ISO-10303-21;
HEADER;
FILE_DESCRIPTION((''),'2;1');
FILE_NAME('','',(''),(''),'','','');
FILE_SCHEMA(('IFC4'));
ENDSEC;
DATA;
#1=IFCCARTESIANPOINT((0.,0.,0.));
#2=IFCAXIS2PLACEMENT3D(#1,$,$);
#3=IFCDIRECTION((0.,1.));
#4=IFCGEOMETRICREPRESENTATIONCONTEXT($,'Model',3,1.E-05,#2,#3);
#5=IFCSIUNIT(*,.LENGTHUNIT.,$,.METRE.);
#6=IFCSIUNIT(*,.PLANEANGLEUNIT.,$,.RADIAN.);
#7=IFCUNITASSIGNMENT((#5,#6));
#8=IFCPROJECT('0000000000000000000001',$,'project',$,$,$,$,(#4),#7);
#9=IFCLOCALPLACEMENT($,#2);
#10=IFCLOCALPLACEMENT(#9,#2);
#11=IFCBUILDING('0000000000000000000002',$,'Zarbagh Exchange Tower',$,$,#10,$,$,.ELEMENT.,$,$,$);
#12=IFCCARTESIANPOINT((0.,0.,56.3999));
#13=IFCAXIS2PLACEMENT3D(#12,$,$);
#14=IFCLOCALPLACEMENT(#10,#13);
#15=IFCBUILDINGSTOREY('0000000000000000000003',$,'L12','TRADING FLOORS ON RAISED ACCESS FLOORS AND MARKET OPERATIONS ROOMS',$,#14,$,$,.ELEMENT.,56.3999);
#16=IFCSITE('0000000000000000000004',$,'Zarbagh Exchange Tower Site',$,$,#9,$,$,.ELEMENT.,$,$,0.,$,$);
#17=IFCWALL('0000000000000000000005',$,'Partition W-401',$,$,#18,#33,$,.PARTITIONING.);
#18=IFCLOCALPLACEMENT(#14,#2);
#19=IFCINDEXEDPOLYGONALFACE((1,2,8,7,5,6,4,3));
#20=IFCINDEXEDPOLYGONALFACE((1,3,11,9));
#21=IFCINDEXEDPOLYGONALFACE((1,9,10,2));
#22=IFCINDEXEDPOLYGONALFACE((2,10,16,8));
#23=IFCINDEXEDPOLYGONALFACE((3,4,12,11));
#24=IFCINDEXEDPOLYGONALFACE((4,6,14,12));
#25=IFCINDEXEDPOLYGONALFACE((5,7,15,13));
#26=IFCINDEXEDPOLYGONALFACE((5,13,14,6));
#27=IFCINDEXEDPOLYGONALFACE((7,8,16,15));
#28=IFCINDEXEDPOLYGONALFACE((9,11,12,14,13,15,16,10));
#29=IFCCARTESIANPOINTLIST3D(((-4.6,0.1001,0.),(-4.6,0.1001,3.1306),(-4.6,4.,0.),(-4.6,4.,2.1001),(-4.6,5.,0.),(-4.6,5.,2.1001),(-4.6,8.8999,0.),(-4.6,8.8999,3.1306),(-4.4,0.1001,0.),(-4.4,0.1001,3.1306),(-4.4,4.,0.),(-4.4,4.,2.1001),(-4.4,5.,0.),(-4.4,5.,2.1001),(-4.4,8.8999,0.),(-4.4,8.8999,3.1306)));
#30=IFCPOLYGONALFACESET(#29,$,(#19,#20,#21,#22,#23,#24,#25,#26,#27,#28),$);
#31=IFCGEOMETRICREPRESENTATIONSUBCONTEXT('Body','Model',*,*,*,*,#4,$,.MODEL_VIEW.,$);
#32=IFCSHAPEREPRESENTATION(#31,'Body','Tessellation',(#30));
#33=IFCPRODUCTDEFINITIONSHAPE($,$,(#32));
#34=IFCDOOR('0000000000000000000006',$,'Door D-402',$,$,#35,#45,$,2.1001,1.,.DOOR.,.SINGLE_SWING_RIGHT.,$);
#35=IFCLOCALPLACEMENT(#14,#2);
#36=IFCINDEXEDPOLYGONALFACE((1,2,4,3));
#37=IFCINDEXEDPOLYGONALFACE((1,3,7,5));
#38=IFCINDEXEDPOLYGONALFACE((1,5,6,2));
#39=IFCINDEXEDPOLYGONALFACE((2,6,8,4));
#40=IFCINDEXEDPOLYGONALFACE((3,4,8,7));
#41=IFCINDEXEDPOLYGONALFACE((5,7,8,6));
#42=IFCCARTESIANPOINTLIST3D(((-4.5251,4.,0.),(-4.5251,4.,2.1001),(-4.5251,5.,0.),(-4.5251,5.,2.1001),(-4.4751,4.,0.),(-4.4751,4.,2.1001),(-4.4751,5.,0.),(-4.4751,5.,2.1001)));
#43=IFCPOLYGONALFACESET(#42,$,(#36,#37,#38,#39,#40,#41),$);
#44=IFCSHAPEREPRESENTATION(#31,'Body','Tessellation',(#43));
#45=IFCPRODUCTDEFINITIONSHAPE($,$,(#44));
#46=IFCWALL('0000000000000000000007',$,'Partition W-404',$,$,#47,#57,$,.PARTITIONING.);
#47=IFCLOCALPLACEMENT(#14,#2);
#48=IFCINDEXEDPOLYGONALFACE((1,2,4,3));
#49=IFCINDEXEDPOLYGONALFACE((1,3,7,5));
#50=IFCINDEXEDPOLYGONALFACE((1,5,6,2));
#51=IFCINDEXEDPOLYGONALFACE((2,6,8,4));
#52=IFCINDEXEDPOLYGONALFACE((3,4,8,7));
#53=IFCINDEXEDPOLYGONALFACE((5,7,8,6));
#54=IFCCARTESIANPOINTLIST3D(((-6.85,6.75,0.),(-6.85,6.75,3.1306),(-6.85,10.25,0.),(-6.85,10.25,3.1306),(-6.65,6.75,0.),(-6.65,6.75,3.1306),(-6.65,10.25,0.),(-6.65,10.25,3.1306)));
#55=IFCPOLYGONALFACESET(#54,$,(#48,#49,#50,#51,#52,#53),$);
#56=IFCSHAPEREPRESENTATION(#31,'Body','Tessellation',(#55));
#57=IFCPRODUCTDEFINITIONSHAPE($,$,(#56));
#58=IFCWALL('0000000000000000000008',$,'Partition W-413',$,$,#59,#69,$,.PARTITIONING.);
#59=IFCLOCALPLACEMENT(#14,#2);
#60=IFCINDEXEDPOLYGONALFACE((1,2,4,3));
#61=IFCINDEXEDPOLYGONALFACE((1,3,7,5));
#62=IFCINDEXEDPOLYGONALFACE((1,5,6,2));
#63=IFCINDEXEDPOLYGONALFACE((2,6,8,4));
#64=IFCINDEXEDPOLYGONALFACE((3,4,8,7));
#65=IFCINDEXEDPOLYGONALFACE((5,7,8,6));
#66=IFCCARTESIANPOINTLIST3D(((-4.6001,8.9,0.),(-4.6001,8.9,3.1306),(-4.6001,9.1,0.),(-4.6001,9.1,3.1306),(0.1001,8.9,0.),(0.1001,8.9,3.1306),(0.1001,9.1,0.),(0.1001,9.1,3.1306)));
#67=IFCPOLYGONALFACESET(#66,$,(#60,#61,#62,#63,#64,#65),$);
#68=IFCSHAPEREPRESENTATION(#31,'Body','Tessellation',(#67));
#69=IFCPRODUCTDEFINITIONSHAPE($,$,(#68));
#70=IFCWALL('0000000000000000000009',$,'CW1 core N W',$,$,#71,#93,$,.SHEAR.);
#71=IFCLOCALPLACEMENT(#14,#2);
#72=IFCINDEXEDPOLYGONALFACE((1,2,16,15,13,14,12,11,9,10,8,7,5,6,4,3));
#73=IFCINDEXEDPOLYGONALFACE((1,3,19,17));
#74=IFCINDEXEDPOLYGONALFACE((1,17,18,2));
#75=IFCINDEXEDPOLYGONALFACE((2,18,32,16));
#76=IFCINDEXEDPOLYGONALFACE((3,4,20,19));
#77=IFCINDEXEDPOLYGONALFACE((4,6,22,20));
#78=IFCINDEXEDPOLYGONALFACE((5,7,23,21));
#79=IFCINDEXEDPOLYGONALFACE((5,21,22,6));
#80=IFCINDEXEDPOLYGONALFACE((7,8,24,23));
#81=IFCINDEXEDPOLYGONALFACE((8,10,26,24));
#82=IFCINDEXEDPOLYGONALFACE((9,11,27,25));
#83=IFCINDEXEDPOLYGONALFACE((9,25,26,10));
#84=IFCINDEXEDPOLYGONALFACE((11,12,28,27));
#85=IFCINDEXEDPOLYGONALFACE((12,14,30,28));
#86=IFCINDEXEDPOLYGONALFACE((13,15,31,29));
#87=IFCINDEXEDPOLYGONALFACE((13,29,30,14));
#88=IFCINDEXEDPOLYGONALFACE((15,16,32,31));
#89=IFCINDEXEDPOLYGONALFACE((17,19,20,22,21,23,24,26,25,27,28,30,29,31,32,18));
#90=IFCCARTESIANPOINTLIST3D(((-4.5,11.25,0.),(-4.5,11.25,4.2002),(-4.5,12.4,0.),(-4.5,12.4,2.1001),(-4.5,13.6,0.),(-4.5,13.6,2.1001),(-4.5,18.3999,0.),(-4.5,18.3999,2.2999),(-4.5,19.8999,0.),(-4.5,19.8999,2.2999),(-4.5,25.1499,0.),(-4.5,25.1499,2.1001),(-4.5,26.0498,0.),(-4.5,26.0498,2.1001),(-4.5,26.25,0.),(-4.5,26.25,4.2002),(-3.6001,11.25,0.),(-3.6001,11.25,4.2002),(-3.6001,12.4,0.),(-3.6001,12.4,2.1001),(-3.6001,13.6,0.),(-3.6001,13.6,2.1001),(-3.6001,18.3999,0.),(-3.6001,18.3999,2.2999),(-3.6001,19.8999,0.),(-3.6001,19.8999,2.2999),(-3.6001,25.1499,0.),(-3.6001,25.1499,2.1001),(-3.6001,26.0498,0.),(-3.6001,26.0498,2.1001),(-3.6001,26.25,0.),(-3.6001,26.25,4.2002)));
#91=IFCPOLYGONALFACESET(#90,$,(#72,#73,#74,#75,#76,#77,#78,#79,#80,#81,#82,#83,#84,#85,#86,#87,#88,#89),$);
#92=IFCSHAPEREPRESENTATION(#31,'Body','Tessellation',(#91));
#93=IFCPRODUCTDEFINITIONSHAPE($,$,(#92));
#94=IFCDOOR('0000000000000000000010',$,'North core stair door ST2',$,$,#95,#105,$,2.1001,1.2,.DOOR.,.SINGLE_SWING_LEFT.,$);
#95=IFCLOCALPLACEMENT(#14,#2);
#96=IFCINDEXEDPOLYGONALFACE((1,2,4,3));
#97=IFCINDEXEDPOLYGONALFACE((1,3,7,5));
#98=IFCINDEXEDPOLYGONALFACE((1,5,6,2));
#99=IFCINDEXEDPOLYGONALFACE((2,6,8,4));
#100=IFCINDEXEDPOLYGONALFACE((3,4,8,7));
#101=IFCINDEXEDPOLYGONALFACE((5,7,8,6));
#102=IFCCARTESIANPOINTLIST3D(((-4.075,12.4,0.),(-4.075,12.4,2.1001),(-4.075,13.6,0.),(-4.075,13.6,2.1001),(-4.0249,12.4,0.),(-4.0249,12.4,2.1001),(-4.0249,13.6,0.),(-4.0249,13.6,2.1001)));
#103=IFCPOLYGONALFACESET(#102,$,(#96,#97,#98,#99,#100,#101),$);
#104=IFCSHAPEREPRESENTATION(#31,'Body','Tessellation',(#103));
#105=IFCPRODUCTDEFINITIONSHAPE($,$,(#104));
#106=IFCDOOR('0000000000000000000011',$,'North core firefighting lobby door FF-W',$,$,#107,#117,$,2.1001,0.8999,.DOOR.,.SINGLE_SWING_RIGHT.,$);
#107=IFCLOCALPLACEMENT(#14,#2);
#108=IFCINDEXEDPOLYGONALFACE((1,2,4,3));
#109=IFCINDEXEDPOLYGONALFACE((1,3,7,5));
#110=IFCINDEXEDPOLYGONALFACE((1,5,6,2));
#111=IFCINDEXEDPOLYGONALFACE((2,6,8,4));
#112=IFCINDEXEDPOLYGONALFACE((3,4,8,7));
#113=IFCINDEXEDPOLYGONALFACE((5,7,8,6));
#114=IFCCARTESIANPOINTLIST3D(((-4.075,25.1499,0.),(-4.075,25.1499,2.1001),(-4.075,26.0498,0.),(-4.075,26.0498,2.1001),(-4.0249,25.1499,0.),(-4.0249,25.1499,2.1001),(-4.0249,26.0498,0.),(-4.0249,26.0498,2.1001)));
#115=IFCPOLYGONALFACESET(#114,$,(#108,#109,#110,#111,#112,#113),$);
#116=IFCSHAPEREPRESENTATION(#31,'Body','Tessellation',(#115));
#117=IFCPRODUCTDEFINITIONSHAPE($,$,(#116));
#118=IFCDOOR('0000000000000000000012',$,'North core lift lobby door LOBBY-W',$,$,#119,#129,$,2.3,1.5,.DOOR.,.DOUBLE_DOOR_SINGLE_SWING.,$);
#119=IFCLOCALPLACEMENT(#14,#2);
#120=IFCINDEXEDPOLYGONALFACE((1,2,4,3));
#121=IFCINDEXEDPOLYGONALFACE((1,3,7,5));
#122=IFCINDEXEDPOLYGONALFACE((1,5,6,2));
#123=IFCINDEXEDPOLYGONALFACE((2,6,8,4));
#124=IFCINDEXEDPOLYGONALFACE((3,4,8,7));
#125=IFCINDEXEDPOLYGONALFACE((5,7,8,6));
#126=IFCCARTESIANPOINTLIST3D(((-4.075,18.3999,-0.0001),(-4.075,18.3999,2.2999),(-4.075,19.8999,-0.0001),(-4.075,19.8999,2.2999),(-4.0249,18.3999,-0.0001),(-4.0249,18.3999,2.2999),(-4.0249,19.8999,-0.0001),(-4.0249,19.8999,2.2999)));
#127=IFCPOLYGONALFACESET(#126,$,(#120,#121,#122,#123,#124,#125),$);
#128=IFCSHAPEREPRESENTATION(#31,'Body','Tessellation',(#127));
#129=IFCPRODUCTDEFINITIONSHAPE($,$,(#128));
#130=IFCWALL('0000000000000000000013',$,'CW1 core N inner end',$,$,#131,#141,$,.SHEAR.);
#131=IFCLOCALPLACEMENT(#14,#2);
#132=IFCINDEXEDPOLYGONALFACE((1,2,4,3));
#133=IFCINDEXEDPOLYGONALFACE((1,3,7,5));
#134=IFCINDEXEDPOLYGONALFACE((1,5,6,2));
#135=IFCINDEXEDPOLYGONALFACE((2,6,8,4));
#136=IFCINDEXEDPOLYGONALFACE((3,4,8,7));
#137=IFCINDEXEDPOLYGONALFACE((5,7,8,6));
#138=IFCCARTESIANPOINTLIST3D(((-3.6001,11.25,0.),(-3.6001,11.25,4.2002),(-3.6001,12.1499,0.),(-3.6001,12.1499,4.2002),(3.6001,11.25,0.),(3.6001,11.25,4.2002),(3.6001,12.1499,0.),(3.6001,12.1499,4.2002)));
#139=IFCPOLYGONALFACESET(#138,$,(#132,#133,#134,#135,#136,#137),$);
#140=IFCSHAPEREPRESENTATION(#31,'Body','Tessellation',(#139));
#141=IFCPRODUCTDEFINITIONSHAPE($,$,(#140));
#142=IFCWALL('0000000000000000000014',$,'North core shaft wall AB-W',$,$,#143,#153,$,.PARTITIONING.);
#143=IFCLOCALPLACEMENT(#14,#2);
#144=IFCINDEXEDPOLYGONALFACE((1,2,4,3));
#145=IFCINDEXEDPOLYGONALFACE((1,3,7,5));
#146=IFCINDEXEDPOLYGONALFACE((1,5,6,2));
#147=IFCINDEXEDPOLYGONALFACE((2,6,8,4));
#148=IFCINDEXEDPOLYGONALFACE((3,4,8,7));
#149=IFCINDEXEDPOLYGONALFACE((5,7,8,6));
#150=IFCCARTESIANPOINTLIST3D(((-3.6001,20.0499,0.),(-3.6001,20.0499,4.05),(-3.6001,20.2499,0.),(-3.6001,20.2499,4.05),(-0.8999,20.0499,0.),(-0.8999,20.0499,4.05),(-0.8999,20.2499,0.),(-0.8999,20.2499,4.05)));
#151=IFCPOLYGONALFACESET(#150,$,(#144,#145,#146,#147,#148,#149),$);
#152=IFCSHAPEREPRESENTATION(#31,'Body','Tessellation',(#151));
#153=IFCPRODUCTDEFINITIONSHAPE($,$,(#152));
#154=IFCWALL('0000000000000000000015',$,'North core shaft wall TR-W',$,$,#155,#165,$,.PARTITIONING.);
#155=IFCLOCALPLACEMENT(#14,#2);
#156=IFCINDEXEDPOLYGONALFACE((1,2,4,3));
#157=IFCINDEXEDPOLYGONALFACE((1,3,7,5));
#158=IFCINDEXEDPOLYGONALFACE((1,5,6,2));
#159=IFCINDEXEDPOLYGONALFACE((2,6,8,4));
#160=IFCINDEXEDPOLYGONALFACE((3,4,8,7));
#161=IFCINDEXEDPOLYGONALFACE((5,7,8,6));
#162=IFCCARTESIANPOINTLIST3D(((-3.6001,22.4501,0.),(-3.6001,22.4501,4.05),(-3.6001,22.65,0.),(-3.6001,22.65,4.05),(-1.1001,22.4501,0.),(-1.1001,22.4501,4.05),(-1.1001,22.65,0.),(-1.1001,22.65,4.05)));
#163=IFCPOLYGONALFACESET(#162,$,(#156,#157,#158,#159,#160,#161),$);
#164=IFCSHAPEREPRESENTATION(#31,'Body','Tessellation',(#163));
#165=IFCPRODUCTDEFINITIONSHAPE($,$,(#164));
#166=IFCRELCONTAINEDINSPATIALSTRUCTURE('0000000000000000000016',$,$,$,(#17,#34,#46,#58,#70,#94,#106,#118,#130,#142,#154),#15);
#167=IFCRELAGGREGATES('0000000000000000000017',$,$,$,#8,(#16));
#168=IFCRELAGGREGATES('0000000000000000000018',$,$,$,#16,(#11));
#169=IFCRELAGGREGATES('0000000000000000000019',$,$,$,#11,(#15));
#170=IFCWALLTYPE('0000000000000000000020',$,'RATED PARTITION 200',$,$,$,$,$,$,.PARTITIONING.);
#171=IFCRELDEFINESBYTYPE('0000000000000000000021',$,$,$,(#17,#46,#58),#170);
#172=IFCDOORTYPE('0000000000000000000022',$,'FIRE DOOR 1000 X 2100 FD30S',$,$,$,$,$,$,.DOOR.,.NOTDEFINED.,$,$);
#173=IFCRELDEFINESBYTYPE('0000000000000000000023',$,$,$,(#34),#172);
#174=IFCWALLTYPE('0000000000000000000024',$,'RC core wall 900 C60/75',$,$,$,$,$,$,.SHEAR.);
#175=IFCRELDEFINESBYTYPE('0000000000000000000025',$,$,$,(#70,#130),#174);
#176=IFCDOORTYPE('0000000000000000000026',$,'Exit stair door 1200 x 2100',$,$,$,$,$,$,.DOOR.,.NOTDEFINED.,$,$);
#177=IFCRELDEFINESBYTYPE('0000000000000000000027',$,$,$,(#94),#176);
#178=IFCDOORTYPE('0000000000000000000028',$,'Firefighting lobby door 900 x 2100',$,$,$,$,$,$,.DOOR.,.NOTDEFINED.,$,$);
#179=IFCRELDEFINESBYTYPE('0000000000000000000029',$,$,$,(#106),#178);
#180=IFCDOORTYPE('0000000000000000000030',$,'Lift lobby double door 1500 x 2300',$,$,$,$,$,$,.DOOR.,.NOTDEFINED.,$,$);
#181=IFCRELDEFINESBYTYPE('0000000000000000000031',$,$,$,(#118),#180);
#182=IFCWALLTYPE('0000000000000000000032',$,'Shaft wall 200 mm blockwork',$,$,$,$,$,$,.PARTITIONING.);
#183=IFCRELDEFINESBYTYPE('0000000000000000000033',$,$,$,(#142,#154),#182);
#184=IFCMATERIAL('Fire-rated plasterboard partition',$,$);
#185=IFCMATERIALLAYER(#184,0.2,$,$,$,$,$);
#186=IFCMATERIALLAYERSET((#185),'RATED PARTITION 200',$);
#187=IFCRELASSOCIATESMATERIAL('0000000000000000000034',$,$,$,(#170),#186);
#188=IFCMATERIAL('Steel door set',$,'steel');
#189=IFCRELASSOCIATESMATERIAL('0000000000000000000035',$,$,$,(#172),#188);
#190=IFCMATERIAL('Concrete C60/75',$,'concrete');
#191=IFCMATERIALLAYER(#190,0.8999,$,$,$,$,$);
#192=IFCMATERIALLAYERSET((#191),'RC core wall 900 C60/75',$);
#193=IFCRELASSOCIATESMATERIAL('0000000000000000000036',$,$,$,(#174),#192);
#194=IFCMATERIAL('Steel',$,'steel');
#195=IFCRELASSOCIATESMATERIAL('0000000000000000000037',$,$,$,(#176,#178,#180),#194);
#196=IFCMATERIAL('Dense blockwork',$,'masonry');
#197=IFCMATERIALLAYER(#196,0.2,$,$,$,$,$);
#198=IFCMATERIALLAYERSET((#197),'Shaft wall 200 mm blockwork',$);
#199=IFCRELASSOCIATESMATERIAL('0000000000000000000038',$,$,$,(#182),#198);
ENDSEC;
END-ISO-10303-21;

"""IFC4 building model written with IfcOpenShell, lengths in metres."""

from ifc_helpers import new_model, si_unit, direction, frame, frame_2d, origin, place, context, subcontext, project, spatial, rectangle, extrude, material, layer, layer_set, type_object, element, fill, save


model = new_model("IFC4")

# Units and contexts
model_context = context("Model", 3, precision=1e-05, world=origin(), true_north=direction((0.0, 1.0)))
body_context = subcontext(model_context, "Body", "Model", "MODEL_VIEW")
ifc_project = project(units=[si_unit("LENGTHUNIT", "METRE"), si_unit("PLANEANGLEUNIT", "RADIAN")], contexts=[model_context])

# Site, building, storey
site_placement = place(None, origin())
site = spatial("IfcSite", under=ifc_project, at=site_placement, Name="Zarbagh Exchange Tower Site", CompositionType="ELEMENT", RefElevation=0.0)
building_placement = place(site_placement, origin())
building = spatial("IfcBuilding", under=site, at=building_placement, Name="Zarbagh Exchange Tower", CompositionType="ELEMENT")
storey_placement = place(building_placement, frame((0.0, 0.0, 56.3999)))
storey = spatial("IfcBuildingStorey", under=building, at=storey_placement, Name="L12", Description="TRADING FLOORS ON RAISED ACCESS FLOORS AND MARKET OPERATIONS ROOMS", CompositionType="ELEMENT", Elevation=56.3999)

# Shared definitions
ifc_material_1 = material(Name="Concrete C60/75", Category="concrete")

# Wall, opening, door
ifc_material_2 = material(Name="Fire-rated plasterboard partition")
ifc_layer_1 = layer(ifc_material_2, 0.2)
ifc_layer_set_1 = layer_set([ifc_layer_1], Name="RATED PARTITION 200")
wall_type_1 = type_object("IfcWallType", Name="RATED PARTITION 200", PredefinedType="PARTITIONING", material=ifc_layer_set_1)
wall_1_placement = place(storey_placement, frame((-4.5, 8.8999, 0.0), z_axis=(0.0, 0.0, 1.0), x_axis=(0.0, -1.0, 0.0)))
wall_1 = element("IfcWall", 1, at=wall_1_placement, inside=storey, type_object=wall_type_1, Name="Partition W-401", PredefinedType="PARTITIONING", context=body_context, shape_type="SweptSolid", body=[
    extrude(rectangle(XDim=8.7998, YDim=0.2, at=frame_2d((4.3999, 0.0))), origin(), (0.0, 0.0, 1.0), 3.1306),
])
opening_1_placement = place(wall_1_placement, frame((3.8999, 0.0, 0.0)))
opening_1 = element("IfcOpeningElement", 2, at=opening_1_placement, cuts=wall_1, PredefinedType="OPENING", context=body_context, shape_type="SweptSolid", body=[
    extrude(rectangle(XDim=1.0, YDim=2.1001, at=frame_2d((0.5, 1.05))), frame((0.0, 0.1099, 0.0), z_axis=(0.0, -1.0, 0.0), x_axis=(1.0, 0.0, 0.0)), (0.0, 0.0, 1.0), 0.22),
])
ifc_material_3 = material(Name="Steel door set", Category="steel")
door_type_1 = type_object("IfcDoorType", Name="FIRE DOOR 1000 X 2100 FD30S", OperationType="NOTDEFINED", PredefinedType="DOOR", material=ifc_material_3)
door_1_placement = place(opening_1_placement, origin())
door_1 = element("IfcDoor", 3, at=door_1_placement, inside=storey, type_object=door_type_1, Name="Door D-402", OperationType="SINGLE_SWING_RIGHT", OverallHeight=2.1001, OverallWidth=1.0, PredefinedType="DOOR", context=body_context, shape_type="SweptSolid", body=[
    extrude(rectangle(XDim=1.0, YDim=2.1001, at=frame_2d((0.5, 1.05))), frame((0.0, 0.0249, 0.0), z_axis=(0.0, -1.0, 0.0), x_axis=(1.0, 0.0, 0.0)), (0.0, 0.0, 1.0), 0.05),
])
fill(opening_1, door_1)

# Walls
wall_2_placement = place(storey_placement, frame((-6.75, 6.75, 0.0), z_axis=(0.0, 0.0, 1.0), x_axis=(0.0, 1.0, 0.0)))
element("IfcWall", 4, at=wall_2_placement, inside=storey, type_object=wall_type_1, Name="Partition W-404", PredefinedType="PARTITIONING", context=body_context, shape_type="SweptSolid", body=[
    extrude(rectangle(XDim=3.5, YDim=0.2, at=frame_2d((1.75, 0.0))), origin(), (0.0, 0.0, 1.0), 3.1306),
])
wall_3_placement = place(storey_placement, frame((-4.6001, 9.0, 0.0), z_axis=(0.0, 0.0, 1.0), x_axis=(1.0, 0.0, 0.0)))
element("IfcWall", 5, at=wall_3_placement, inside=storey, type_object=wall_type_1, Name="Partition W-413", PredefinedType="PARTITIONING", context=body_context, shape_type="SweptSolid", body=[
    extrude(rectangle(XDim=4.7002, YDim=0.2, at=frame_2d((2.3501, 0.0))), origin(), (0.0, 0.0, 1.0), 3.1306),
])

# Wall, openings, doors
ifc_layer_2 = layer(ifc_material_1, 0.8999)
ifc_layer_set_2 = layer_set([ifc_layer_2], Name="RC core wall 900 C60/75")
wall_type_2 = type_object("IfcWallType", Name="RC core wall 900 C60/75", PredefinedType="SHEAR", material=ifc_layer_set_2)
wall_4_placement = place(storey_placement, frame((-4.05, 11.25, 0.0), z_axis=(0.0, 0.0, 1.0), x_axis=(0.0, 1.0, 0.0)))
wall_4 = element("IfcWall", 6, at=wall_4_placement, inside=storey, type_object=wall_type_2, Name="CW1 core N W", PredefinedType="SHEAR", context=body_context, shape_type="SweptSolid", body=[
    extrude(rectangle(XDim=15.0, YDim=0.8999, at=frame_2d((7.5, 0.0))), origin(), (0.0, 0.0, 1.0), 4.2002),
])
opening_2_placement = place(wall_4_placement, frame((7.1499, 0.0, 0.0)))
opening_2 = element("IfcOpeningElement", 7, at=opening_2_placement, cuts=wall_4, PredefinedType="OPENING", context=body_context, shape_type="SweptSolid", body=[
    extrude(rectangle(XDim=1.5, YDim=2.3, at=frame_2d((0.75, 1.1499))), frame((0.0, 0.46, 0.0), z_axis=(0.0, -1.0, 0.0), x_axis=(1.0, 0.0, 0.0)), (0.0, 0.0, 1.0), 0.9199),
])
opening_3_placement = place(wall_4_placement, frame((13.8999, 0.0, 0.0)))
opening_3 = element("IfcOpeningElement", 8, at=opening_3_placement, cuts=wall_4, PredefinedType="OPENING", context=body_context, shape_type="SweptSolid", body=[
    extrude(rectangle(XDim=0.8999, YDim=2.1001, at=frame_2d((0.45, 1.05))), frame((0.0, 0.46, 0.0), z_axis=(0.0, -1.0, 0.0), x_axis=(1.0, 0.0, 0.0)), (0.0, 0.0, 1.0), 0.9199),
])
opening_4_placement = place(wall_4_placement, frame((1.1499, 0.0, 0.0)))
opening_4 = element("IfcOpeningElement", 9, at=opening_4_placement, cuts=wall_4, PredefinedType="OPENING", context=body_context, shape_type="SweptSolid", body=[
    extrude(rectangle(XDim=1.2, YDim=2.1001, at=frame_2d((0.6001, 1.05))), frame((0.0, 0.46, 0.0), z_axis=(0.0, -1.0, 0.0), x_axis=(1.0, 0.0, 0.0)), (0.0, 0.0, 1.0), 0.9199),
])
ifc_material_4 = material(Name="Steel", Category="steel")
door_type_2 = type_object("IfcDoorType", Name="Exit stair door 1200 x 2100", OperationType="NOTDEFINED", PredefinedType="DOOR", material=ifc_material_4)
door_2_placement = place(opening_4_placement, origin())
door_2 = element("IfcDoor", 10, at=door_2_placement, inside=storey, type_object=door_type_2, Name="North core stair door ST2", OperationType="SINGLE_SWING_LEFT", OverallHeight=2.1001, OverallWidth=1.2, PredefinedType="DOOR", context=body_context, shape_type="SweptSolid", body=[
    extrude(rectangle(XDim=1.2, YDim=2.1001, at=frame_2d((0.6001, 1.05))), frame((0.0, 0.0249, 0.0), z_axis=(0.0, -1.0, 0.0), x_axis=(1.0, 0.0, 0.0)), (0.0, 0.0, 1.0), 0.05),
])
fill(opening_4, door_2)
door_type_3 = type_object("IfcDoorType", Name="Firefighting lobby door 900 x 2100", OperationType="NOTDEFINED", PredefinedType="DOOR", material=ifc_material_4)
door_3_placement = place(opening_3_placement, origin())
door_3 = element("IfcDoor", 11, at=door_3_placement, inside=storey, type_object=door_type_3, Name="North core firefighting lobby door FF-W", OperationType="SINGLE_SWING_RIGHT", OverallHeight=2.1001, OverallWidth=0.8999, PredefinedType="DOOR", context=body_context, shape_type="SweptSolid", body=[
    extrude(rectangle(XDim=0.8999, YDim=2.1001, at=frame_2d((0.45, 1.05))), frame((0.0, 0.0249, 0.0), z_axis=(0.0, -1.0, 0.0), x_axis=(1.0, 0.0, 0.0)), (0.0, 0.0, 1.0), 0.05),
])
fill(opening_3, door_3)
door_type_4 = type_object("IfcDoorType", Name="Lift lobby double door 1500 x 2300", OperationType="NOTDEFINED", PredefinedType="DOOR", material=ifc_material_4)
door_4_placement = place(opening_2_placement, origin())
door_4 = element("IfcDoor", 12, at=door_4_placement, inside=storey, type_object=door_type_4, Name="North core lift lobby door LOBBY-W", OperationType="DOUBLE_DOOR_SINGLE_SWING", OverallHeight=2.3, OverallWidth=1.5, PredefinedType="DOOR", context=body_context, shape_type="SweptSolid", body=[
    extrude(rectangle(XDim=1.5, YDim=2.3, at=frame_2d((0.75, 1.1499))), frame((0.0, 0.0249, 0.0), z_axis=(0.0, -1.0, 0.0), x_axis=(1.0, 0.0, 0.0)), (0.0, 0.0, 1.0), 0.05),
])
fill(opening_2, door_4)

# Walls
wall_5_placement = place(storey_placement, frame((-3.6001, 11.7, 0.0), z_axis=(0.0, 0.0, 1.0), x_axis=(1.0, 0.0, 0.0)))
element("IfcWall", 13, at=wall_5_placement, inside=storey, type_object=wall_type_2, Name="CW1 core N inner end", PredefinedType="SHEAR", context=body_context, shape_type="SweptSolid", body=[
    extrude(rectangle(XDim=7.2002, YDim=0.8999, at=frame_2d((3.6001, 0.0))), origin(), (0.0, 0.0, 1.0), 4.2002),
])
ifc_material_5 = material(Name="Dense blockwork", Category="masonry")
ifc_layer_3 = layer(ifc_material_5, 0.2)
ifc_layer_set_3 = layer_set([ifc_layer_3], Name="Shaft wall 200 mm blockwork")
wall_type_3 = type_object("IfcWallType", Name="Shaft wall 200 mm blockwork", PredefinedType="PARTITIONING", material=ifc_layer_set_3)
wall_6_placement = place(storey_placement, frame((-3.6001, 20.1499, 0.0), z_axis=(0.0, 0.0, 1.0), x_axis=(1.0, 0.0, 0.0)))
element("IfcWall", 14, at=wall_6_placement, inside=storey, type_object=wall_type_3, Name="North core shaft wall AB-W", PredefinedType="PARTITIONING", context=body_context, shape_type="SweptSolid", body=[
    extrude(rectangle(XDim=2.7002, YDim=0.2, at=frame_2d((1.3501, 0.0))), origin(), (0.0, 0.0, 1.0), 4.05),
])
wall_7_placement = place(storey_placement, frame((-3.6001, 22.55, 0.0), z_axis=(0.0, 0.0, 1.0), x_axis=(1.0, 0.0, 0.0)))
element("IfcWall", 15, at=wall_7_placement, inside=storey, type_object=wall_type_3, Name="North core shaft wall TR-W", PredefinedType="PARTITIONING", context=body_context, shape_type="SweptSolid", body=[
    extrude(rectangle(XDim=2.5, YDim=0.2, at=frame_2d((1.25, 0.0))), origin(), (0.0, 0.0, 1.0), 4.05),
])

save(model, "model.ifc")
